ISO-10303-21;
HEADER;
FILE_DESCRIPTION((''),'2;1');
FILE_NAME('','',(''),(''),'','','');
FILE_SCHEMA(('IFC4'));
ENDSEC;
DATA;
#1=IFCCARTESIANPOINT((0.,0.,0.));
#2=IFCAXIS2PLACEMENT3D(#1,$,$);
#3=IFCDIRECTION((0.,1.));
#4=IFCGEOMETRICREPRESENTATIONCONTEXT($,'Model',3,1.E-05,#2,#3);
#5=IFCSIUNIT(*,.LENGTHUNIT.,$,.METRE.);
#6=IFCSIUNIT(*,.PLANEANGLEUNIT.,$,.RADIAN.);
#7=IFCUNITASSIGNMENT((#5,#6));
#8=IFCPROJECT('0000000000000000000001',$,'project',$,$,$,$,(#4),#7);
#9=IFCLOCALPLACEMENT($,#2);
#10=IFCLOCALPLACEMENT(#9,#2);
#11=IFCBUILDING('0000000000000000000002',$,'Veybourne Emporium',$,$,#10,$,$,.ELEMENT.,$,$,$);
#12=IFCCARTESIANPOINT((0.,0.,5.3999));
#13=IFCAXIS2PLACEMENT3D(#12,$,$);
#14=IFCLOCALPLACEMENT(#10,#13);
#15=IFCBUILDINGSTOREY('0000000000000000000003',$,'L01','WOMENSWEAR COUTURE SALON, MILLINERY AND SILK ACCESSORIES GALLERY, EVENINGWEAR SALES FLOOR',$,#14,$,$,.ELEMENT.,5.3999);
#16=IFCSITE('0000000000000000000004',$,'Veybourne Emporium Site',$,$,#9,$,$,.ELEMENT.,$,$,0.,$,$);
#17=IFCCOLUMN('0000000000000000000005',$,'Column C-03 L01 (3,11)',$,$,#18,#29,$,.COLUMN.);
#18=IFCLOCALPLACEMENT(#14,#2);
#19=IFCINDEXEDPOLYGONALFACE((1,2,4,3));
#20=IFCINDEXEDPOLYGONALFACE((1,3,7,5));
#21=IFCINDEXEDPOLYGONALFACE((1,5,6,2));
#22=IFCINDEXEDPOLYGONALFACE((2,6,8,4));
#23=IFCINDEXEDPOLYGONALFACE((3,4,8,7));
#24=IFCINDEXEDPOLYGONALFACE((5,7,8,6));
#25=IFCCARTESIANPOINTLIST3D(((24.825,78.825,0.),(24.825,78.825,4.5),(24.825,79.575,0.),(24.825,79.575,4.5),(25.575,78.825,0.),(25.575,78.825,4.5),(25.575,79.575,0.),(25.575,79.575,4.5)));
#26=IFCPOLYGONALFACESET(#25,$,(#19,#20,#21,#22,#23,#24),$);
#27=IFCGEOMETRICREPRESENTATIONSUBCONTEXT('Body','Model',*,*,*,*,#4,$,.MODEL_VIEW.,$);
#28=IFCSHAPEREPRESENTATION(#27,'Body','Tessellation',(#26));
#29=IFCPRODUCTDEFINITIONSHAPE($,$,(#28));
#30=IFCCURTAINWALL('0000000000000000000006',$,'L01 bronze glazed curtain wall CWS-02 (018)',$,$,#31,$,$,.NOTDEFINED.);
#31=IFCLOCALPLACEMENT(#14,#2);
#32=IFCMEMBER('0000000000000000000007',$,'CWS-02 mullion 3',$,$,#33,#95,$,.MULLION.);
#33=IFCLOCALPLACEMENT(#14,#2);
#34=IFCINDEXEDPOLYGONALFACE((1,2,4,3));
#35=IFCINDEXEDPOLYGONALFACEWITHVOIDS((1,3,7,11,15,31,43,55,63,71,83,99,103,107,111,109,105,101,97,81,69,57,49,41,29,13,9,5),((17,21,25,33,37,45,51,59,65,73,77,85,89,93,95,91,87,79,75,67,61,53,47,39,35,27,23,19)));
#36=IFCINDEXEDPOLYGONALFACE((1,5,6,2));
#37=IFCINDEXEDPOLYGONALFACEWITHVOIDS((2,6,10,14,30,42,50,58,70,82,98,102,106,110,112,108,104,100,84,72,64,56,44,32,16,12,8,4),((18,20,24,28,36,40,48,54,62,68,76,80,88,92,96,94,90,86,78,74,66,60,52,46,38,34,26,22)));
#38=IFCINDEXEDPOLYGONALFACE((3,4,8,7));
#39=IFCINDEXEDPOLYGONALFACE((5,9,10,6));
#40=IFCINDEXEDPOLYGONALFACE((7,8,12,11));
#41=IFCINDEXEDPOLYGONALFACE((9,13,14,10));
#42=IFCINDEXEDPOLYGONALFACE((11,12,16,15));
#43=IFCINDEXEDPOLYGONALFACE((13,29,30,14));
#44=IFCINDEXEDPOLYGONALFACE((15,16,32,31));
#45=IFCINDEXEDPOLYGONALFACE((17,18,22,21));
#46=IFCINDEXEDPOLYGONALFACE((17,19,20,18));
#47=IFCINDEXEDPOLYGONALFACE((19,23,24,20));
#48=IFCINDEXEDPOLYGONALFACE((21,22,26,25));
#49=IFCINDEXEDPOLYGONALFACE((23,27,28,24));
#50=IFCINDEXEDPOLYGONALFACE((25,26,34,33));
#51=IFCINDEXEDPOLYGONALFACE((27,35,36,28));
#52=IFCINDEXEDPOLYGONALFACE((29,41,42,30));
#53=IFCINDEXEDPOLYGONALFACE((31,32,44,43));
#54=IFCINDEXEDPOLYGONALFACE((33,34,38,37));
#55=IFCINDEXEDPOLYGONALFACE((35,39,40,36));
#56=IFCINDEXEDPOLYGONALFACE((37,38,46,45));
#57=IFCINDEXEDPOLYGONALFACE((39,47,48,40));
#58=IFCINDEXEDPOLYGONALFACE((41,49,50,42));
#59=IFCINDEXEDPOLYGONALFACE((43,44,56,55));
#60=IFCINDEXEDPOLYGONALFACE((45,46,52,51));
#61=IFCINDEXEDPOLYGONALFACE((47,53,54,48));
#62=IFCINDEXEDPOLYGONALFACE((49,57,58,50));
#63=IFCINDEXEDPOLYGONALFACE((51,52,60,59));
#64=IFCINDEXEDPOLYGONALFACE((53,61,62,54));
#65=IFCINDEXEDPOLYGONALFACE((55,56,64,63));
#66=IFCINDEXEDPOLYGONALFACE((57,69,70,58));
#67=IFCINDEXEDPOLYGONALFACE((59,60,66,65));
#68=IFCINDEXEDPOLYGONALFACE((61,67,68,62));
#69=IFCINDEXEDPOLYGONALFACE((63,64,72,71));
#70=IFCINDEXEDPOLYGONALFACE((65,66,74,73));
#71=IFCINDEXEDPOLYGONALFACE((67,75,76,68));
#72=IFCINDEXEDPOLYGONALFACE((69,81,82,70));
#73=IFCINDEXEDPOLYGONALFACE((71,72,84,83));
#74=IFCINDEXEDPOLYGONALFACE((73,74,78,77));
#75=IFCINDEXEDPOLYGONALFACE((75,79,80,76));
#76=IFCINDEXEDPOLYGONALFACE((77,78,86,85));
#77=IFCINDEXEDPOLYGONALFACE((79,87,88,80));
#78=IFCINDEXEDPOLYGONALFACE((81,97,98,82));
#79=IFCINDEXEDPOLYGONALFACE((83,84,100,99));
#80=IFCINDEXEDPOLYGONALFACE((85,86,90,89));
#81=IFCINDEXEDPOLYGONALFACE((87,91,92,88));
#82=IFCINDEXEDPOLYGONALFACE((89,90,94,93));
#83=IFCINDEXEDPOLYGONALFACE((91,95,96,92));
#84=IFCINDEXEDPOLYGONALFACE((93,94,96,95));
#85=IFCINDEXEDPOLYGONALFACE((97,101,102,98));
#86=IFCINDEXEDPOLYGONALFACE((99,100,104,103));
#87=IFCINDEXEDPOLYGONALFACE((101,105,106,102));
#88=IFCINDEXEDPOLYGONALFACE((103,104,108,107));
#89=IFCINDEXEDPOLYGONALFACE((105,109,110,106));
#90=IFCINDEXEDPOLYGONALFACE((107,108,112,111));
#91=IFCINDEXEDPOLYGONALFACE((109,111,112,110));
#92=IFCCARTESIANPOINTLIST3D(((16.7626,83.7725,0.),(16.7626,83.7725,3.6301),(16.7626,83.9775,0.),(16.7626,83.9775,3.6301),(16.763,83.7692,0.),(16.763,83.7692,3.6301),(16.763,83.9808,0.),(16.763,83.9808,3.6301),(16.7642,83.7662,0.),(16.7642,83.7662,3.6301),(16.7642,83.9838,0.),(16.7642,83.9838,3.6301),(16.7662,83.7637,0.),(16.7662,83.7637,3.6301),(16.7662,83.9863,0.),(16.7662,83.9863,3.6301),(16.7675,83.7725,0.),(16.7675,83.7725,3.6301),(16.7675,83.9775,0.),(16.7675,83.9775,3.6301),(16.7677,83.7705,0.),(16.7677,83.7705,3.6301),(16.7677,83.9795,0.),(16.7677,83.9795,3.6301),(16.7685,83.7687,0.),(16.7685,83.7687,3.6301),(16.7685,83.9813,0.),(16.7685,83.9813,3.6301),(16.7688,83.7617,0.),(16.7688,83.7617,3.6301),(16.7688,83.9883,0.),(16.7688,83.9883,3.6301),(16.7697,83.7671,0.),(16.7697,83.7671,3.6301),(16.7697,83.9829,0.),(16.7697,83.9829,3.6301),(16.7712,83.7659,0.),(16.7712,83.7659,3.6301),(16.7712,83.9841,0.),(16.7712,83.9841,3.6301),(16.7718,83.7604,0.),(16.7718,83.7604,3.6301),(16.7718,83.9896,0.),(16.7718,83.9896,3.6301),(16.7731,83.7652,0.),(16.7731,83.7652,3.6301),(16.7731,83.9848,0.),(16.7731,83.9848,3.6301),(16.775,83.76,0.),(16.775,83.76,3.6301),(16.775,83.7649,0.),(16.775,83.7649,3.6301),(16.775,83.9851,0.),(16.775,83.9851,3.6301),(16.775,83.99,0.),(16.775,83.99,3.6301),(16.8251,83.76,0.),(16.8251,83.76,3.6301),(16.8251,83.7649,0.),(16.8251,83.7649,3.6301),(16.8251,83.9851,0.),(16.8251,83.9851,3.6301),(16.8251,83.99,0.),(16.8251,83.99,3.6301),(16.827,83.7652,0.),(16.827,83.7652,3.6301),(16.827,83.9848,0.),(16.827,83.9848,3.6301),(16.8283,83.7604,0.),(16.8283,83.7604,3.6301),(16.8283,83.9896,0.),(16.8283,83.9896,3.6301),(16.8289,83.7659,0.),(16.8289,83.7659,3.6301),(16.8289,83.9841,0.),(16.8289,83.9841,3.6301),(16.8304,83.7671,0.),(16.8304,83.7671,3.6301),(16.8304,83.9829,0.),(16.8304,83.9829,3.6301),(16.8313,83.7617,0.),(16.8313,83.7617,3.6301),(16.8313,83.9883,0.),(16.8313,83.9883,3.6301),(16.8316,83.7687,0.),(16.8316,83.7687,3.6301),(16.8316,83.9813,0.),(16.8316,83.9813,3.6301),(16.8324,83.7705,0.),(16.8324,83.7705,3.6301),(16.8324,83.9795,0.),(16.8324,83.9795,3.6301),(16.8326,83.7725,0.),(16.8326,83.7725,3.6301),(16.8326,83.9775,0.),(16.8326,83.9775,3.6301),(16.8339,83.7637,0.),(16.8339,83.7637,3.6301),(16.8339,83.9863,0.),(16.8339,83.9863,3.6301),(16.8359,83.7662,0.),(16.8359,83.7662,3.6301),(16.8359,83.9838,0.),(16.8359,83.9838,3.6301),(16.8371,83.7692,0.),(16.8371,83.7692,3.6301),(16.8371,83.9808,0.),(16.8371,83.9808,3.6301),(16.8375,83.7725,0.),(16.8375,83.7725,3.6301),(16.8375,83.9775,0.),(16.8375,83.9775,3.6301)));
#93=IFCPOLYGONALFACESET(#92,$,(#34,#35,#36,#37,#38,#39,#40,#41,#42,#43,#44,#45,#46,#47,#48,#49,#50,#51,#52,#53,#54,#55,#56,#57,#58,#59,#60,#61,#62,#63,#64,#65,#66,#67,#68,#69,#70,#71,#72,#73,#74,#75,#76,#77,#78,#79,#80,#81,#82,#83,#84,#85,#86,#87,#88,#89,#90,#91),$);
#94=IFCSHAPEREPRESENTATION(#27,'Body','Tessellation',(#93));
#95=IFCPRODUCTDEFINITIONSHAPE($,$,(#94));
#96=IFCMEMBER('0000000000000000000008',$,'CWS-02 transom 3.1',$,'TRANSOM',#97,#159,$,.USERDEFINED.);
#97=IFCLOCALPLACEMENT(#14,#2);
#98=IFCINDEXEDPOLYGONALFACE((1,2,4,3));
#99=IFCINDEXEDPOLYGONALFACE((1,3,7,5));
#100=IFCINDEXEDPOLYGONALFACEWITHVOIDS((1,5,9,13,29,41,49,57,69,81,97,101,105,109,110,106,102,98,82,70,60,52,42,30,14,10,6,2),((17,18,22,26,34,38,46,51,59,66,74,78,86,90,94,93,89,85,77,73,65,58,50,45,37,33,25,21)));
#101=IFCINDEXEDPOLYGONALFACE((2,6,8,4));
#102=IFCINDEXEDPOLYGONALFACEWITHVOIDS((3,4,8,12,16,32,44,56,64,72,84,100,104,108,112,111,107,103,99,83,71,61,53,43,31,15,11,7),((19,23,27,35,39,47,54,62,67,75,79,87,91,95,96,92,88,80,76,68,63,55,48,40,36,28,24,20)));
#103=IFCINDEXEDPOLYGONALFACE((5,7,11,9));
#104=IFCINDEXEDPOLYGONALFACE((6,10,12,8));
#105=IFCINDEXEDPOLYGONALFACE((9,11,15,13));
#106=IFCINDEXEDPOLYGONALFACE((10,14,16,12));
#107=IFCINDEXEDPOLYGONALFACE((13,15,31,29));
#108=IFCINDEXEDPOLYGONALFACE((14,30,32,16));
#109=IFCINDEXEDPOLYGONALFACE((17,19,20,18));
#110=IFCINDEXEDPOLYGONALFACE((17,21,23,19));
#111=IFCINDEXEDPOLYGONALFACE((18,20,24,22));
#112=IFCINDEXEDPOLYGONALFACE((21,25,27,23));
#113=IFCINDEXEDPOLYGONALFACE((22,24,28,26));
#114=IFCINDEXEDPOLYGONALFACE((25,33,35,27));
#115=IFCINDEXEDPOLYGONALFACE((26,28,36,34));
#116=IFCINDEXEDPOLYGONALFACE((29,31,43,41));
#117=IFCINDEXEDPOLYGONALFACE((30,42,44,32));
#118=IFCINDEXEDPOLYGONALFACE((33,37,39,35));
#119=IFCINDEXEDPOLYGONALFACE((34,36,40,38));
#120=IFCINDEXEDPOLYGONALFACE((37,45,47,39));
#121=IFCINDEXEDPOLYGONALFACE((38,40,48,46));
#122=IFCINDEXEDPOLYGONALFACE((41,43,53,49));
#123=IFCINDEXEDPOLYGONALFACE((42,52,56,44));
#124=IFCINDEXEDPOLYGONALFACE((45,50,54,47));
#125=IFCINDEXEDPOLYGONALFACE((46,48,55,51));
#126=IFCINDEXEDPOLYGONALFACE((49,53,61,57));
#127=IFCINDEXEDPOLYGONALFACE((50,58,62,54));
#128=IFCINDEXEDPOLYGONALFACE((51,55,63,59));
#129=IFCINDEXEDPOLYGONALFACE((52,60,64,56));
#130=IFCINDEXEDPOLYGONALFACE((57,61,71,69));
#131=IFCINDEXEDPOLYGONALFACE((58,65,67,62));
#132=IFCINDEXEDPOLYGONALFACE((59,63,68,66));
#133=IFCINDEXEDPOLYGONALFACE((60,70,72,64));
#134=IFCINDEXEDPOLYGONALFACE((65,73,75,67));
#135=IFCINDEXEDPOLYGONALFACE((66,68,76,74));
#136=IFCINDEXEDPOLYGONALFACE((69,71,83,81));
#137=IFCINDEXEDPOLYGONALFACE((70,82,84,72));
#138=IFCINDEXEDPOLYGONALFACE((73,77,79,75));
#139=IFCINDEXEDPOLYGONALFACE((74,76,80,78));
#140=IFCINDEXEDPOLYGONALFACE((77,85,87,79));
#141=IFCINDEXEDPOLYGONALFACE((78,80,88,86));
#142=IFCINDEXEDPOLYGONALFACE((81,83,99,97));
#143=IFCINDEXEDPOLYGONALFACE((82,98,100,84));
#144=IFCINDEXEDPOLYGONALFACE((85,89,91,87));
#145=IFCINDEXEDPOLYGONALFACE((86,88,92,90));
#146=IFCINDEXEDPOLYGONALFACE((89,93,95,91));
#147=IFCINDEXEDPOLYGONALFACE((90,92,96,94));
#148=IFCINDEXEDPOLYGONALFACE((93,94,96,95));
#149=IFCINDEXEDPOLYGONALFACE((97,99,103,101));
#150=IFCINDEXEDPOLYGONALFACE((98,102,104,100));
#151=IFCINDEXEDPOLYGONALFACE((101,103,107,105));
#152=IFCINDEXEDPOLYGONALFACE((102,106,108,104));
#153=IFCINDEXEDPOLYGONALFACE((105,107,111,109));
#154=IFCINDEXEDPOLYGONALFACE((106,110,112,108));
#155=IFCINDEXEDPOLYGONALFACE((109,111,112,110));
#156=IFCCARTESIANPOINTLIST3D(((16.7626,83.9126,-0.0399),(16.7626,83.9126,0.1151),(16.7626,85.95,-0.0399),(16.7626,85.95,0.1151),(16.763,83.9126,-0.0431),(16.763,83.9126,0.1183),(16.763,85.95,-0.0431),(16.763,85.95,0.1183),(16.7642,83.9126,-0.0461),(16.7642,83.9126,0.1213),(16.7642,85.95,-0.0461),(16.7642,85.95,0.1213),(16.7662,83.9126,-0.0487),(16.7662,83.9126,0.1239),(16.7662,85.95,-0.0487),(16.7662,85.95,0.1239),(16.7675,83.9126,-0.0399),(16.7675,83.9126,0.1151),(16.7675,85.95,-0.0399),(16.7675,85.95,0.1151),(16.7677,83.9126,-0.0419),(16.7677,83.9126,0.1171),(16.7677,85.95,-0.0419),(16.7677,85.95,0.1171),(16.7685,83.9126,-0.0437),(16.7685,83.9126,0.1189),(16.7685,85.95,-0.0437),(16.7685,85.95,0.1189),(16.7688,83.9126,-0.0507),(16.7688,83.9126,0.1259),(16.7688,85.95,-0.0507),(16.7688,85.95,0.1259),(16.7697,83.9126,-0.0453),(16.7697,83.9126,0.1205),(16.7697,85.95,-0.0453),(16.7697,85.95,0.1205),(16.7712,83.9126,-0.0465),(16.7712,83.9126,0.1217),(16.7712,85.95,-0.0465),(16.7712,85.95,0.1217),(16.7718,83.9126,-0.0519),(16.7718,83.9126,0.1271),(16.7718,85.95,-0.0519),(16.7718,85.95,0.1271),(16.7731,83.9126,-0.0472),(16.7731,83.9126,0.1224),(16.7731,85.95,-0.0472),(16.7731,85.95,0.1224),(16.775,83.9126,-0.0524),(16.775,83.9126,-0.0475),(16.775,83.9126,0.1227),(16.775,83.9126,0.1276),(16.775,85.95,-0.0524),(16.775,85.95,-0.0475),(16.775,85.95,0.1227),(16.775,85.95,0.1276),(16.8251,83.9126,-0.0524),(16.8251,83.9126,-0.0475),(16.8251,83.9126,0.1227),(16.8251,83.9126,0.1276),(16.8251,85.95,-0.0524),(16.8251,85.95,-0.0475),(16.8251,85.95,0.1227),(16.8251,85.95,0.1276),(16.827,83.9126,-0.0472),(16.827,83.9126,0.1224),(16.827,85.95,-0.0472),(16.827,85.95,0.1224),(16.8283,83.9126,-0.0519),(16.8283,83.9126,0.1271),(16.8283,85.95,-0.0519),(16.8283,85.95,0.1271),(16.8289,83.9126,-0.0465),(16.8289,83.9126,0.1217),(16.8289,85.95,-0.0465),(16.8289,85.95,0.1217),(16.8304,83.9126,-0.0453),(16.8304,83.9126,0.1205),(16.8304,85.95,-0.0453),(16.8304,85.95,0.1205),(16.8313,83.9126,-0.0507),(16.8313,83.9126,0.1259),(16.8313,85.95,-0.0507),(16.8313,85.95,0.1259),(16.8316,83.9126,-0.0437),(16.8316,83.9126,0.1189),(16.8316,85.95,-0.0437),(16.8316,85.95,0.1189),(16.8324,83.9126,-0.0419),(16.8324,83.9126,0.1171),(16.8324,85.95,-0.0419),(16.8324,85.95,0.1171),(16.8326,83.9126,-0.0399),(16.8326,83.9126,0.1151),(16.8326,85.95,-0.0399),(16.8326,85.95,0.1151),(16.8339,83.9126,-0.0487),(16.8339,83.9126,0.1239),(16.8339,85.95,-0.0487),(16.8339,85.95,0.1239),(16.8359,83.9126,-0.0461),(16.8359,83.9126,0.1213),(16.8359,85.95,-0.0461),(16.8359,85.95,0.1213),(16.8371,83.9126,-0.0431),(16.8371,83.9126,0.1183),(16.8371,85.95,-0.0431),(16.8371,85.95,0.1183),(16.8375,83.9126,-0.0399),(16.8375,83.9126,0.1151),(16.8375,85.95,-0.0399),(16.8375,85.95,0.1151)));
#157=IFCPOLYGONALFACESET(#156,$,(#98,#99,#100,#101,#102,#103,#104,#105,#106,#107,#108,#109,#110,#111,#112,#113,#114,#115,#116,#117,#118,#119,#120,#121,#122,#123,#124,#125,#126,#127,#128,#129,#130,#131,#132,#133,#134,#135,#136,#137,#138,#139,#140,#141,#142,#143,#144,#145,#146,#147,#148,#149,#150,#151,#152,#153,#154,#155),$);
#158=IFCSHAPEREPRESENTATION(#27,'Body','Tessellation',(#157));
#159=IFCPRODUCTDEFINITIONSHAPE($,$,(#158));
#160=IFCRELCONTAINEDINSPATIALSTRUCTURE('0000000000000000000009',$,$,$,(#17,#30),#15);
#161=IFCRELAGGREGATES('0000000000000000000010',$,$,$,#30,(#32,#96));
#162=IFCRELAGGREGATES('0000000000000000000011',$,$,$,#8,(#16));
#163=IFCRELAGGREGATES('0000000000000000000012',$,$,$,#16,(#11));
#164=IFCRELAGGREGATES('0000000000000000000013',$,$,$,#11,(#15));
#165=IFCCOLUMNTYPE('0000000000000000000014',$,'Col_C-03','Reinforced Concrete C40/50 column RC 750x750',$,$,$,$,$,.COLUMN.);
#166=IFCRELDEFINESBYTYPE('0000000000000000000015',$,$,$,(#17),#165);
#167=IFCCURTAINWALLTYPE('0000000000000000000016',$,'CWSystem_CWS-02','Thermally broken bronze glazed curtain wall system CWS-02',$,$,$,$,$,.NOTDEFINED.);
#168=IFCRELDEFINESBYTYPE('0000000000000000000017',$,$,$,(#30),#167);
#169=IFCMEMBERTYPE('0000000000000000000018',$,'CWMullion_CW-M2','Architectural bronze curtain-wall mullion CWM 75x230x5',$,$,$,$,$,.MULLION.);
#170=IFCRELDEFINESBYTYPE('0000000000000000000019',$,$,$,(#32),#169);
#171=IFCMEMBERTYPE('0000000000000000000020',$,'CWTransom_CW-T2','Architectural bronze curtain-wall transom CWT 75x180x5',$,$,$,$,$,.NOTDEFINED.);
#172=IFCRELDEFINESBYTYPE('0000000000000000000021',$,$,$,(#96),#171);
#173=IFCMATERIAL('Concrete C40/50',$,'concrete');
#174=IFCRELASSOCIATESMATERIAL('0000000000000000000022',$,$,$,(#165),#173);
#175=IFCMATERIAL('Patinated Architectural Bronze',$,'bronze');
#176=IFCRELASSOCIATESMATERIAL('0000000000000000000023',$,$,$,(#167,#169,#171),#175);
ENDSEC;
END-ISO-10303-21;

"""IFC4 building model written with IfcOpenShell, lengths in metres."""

from ifc_helpers import new_model, si_unit, direction, frame, origin, origin_2d, place, context, subcontext, project, spatial, rectangle, hollow_rectangle, extrude, material, material_profile, profile_set, type_object, element, aggregate, save


model = new_model("IFC4")

# Units and contexts
model_context = context("Model", 3, precision=1e-05, world=origin(), true_north=direction((0.0, 1.0)))
body_context = subcontext(model_context, "Body", "Model", "MODEL_VIEW")
ifc_project = project(units=[si_unit("LENGTHUNIT", "METRE"), si_unit("PLANEANGLEUNIT", "RADIAN")], contexts=[model_context])

# Site, building, storey
site_placement = place(None, origin())
site = spatial("IfcSite", under=ifc_project, at=site_placement, Name="Veybourne Emporium Site", CompositionType="ELEMENT", RefElevation=0.0)
building_placement = place(site_placement, origin())
building = spatial("IfcBuilding", under=site, at=building_placement, Name="Veybourne Emporium", CompositionType="ELEMENT")
storey_placement = place(building_placement, frame((0.0, 0.0, 5.3999)))
storey = spatial("IfcBuildingStorey", under=building, at=storey_placement, Name="L01", Description="WOMENSWEAR COUTURE SALON, MILLINERY AND SILK ACCESSORIES GALLERY, EVENINGWEAR SALES FLOOR", CompositionType="ELEMENT", Elevation=5.3999)

# Column
ifc_material_1 = material(Name="Concrete C40/50", Category="concrete")
ifc_material_profile_1 = material_profile(ifc_material_1, rectangle(XDim=0.75, YDim=0.75, at=origin_2d()), Name="RC 750x750")
ifc_profile_set_1 = profile_set([ifc_material_profile_1], Name="Concrete C40/50")
column_type = type_object("IfcColumnType", Name="Col_C-03", Description="Reinforced Concrete C40/50 column RC 750x750", PredefinedType="COLUMN", material=ifc_profile_set_1)
column_placement = place(storey_placement, frame((25.2, 79.2, 0.0), z_axis=(0.0, 0.0, 1.0), x_axis=(1.0, 0.0, 0.0)))
element("IfcColumn", 1, at=column_placement, inside=storey, type_object=column_type, Name="Column C-03 L01 (3,11)", PredefinedType="COLUMN", context=body_context, shape_type="SweptSolid", body=[
    extrude(rectangle(XDim=0.75, YDim=0.75, at=origin_2d()), origin(), (0.0, 0.0, 1.0), 4.5),
])

# Curtain wall, members
ifc_material_2 = material(Name="Patinated Architectural Bronze", Category="bronze")
curtain_wall_type = type_object("IfcCurtainWallType", Name="CWSystem_CWS-02", Description="Thermally broken bronze glazed curtain wall system CWS-02", PredefinedType="NOTDEFINED", material=ifc_material_2)
curtain_wall_placement = place(storey_placement, origin())
curtain_wall = element("IfcCurtainWall", 2, at=curtain_wall_placement, inside=storey, type_object=curtain_wall_type, Name="L01 bronze glazed curtain wall CWS-02 (018)", PredefinedType="NOTDEFINED")
ifc_material_profile_2 = material_profile(ifc_material_2, hollow_rectangle(XDim=0.075, YDim=0.23, WallThickness=0.0049, InnerFilletRadius=0.0076, OuterFilletRadius=0.0125, at=origin_2d()), Name="CWM 75x230x5")
ifc_profile_set_2 = profile_set([ifc_material_profile_2], Name="Patinated Architectural Bronze")
member_type_1 = type_object("IfcMemberType", Name="CWMullion_CW-M2", Description="Architectural bronze curtain-wall mullion CWM 75x230x5", PredefinedType="MULLION", material=ifc_profile_set_2)
member_1_placement = place(storey_placement, frame((16.8, 83.875, 0.0), z_axis=(0.0, 0.0, 1.0), x_axis=(-1.0, 0.0, 0.0)))
member_1 = element("IfcMember", 3, at=member_1_placement, type_object=member_type_1, Name="CWS-02 mullion 3", PredefinedType="MULLION", context=body_context, shape_type="SweptSolid", body=[
    extrude(hollow_rectangle(XDim=0.075, YDim=0.23, WallThickness=0.0049, InnerFilletRadius=0.0076, OuterFilletRadius=0.0125, at=origin_2d()), origin(), (0.0, 0.0, 1.0), 3.6301),
])
ifc_material_profile_3 = material_profile(ifc_material_2, hollow_rectangle(XDim=0.075, YDim=0.1799, WallThickness=0.0049, InnerFilletRadius=0.0076, OuterFilletRadius=0.0125, at=origin_2d()), Name="CWT 75x180x5")
ifc_profile_set_3 = profile_set([ifc_material_profile_3], Name="Patinated Architectural Bronze")
member_type_2 = type_object("IfcMemberType", Name="CWTransom_CW-T2", Description="Architectural bronze curtain-wall transom CWT 75x180x5", PredefinedType="NOTDEFINED", material=ifc_profile_set_3)
member_2_placement = place(storey_placement, frame((16.8, 83.9126, 0.0376), z_axis=(0.0, 1.0, 0.0), x_axis=(-1.0, 0.0, 0.0)))
member_2 = element("IfcMember", 4, at=member_2_placement, type_object=member_type_2, Name="CWS-02 transom 3.1", ObjectType="TRANSOM", PredefinedType="USERDEFINED", context=body_context, shape_type="SweptSolid", body=[
    extrude(hollow_rectangle(XDim=0.075, YDim=0.1799, WallThickness=0.0049, InnerFilletRadius=0.0076, OuterFilletRadius=0.0125, at=origin_2d()), origin(), (0.0, 0.0, 1.0), 2.0374),
])

aggregate(curtain_wall, [member_1, member_2])

save(model, "model.ifc")
